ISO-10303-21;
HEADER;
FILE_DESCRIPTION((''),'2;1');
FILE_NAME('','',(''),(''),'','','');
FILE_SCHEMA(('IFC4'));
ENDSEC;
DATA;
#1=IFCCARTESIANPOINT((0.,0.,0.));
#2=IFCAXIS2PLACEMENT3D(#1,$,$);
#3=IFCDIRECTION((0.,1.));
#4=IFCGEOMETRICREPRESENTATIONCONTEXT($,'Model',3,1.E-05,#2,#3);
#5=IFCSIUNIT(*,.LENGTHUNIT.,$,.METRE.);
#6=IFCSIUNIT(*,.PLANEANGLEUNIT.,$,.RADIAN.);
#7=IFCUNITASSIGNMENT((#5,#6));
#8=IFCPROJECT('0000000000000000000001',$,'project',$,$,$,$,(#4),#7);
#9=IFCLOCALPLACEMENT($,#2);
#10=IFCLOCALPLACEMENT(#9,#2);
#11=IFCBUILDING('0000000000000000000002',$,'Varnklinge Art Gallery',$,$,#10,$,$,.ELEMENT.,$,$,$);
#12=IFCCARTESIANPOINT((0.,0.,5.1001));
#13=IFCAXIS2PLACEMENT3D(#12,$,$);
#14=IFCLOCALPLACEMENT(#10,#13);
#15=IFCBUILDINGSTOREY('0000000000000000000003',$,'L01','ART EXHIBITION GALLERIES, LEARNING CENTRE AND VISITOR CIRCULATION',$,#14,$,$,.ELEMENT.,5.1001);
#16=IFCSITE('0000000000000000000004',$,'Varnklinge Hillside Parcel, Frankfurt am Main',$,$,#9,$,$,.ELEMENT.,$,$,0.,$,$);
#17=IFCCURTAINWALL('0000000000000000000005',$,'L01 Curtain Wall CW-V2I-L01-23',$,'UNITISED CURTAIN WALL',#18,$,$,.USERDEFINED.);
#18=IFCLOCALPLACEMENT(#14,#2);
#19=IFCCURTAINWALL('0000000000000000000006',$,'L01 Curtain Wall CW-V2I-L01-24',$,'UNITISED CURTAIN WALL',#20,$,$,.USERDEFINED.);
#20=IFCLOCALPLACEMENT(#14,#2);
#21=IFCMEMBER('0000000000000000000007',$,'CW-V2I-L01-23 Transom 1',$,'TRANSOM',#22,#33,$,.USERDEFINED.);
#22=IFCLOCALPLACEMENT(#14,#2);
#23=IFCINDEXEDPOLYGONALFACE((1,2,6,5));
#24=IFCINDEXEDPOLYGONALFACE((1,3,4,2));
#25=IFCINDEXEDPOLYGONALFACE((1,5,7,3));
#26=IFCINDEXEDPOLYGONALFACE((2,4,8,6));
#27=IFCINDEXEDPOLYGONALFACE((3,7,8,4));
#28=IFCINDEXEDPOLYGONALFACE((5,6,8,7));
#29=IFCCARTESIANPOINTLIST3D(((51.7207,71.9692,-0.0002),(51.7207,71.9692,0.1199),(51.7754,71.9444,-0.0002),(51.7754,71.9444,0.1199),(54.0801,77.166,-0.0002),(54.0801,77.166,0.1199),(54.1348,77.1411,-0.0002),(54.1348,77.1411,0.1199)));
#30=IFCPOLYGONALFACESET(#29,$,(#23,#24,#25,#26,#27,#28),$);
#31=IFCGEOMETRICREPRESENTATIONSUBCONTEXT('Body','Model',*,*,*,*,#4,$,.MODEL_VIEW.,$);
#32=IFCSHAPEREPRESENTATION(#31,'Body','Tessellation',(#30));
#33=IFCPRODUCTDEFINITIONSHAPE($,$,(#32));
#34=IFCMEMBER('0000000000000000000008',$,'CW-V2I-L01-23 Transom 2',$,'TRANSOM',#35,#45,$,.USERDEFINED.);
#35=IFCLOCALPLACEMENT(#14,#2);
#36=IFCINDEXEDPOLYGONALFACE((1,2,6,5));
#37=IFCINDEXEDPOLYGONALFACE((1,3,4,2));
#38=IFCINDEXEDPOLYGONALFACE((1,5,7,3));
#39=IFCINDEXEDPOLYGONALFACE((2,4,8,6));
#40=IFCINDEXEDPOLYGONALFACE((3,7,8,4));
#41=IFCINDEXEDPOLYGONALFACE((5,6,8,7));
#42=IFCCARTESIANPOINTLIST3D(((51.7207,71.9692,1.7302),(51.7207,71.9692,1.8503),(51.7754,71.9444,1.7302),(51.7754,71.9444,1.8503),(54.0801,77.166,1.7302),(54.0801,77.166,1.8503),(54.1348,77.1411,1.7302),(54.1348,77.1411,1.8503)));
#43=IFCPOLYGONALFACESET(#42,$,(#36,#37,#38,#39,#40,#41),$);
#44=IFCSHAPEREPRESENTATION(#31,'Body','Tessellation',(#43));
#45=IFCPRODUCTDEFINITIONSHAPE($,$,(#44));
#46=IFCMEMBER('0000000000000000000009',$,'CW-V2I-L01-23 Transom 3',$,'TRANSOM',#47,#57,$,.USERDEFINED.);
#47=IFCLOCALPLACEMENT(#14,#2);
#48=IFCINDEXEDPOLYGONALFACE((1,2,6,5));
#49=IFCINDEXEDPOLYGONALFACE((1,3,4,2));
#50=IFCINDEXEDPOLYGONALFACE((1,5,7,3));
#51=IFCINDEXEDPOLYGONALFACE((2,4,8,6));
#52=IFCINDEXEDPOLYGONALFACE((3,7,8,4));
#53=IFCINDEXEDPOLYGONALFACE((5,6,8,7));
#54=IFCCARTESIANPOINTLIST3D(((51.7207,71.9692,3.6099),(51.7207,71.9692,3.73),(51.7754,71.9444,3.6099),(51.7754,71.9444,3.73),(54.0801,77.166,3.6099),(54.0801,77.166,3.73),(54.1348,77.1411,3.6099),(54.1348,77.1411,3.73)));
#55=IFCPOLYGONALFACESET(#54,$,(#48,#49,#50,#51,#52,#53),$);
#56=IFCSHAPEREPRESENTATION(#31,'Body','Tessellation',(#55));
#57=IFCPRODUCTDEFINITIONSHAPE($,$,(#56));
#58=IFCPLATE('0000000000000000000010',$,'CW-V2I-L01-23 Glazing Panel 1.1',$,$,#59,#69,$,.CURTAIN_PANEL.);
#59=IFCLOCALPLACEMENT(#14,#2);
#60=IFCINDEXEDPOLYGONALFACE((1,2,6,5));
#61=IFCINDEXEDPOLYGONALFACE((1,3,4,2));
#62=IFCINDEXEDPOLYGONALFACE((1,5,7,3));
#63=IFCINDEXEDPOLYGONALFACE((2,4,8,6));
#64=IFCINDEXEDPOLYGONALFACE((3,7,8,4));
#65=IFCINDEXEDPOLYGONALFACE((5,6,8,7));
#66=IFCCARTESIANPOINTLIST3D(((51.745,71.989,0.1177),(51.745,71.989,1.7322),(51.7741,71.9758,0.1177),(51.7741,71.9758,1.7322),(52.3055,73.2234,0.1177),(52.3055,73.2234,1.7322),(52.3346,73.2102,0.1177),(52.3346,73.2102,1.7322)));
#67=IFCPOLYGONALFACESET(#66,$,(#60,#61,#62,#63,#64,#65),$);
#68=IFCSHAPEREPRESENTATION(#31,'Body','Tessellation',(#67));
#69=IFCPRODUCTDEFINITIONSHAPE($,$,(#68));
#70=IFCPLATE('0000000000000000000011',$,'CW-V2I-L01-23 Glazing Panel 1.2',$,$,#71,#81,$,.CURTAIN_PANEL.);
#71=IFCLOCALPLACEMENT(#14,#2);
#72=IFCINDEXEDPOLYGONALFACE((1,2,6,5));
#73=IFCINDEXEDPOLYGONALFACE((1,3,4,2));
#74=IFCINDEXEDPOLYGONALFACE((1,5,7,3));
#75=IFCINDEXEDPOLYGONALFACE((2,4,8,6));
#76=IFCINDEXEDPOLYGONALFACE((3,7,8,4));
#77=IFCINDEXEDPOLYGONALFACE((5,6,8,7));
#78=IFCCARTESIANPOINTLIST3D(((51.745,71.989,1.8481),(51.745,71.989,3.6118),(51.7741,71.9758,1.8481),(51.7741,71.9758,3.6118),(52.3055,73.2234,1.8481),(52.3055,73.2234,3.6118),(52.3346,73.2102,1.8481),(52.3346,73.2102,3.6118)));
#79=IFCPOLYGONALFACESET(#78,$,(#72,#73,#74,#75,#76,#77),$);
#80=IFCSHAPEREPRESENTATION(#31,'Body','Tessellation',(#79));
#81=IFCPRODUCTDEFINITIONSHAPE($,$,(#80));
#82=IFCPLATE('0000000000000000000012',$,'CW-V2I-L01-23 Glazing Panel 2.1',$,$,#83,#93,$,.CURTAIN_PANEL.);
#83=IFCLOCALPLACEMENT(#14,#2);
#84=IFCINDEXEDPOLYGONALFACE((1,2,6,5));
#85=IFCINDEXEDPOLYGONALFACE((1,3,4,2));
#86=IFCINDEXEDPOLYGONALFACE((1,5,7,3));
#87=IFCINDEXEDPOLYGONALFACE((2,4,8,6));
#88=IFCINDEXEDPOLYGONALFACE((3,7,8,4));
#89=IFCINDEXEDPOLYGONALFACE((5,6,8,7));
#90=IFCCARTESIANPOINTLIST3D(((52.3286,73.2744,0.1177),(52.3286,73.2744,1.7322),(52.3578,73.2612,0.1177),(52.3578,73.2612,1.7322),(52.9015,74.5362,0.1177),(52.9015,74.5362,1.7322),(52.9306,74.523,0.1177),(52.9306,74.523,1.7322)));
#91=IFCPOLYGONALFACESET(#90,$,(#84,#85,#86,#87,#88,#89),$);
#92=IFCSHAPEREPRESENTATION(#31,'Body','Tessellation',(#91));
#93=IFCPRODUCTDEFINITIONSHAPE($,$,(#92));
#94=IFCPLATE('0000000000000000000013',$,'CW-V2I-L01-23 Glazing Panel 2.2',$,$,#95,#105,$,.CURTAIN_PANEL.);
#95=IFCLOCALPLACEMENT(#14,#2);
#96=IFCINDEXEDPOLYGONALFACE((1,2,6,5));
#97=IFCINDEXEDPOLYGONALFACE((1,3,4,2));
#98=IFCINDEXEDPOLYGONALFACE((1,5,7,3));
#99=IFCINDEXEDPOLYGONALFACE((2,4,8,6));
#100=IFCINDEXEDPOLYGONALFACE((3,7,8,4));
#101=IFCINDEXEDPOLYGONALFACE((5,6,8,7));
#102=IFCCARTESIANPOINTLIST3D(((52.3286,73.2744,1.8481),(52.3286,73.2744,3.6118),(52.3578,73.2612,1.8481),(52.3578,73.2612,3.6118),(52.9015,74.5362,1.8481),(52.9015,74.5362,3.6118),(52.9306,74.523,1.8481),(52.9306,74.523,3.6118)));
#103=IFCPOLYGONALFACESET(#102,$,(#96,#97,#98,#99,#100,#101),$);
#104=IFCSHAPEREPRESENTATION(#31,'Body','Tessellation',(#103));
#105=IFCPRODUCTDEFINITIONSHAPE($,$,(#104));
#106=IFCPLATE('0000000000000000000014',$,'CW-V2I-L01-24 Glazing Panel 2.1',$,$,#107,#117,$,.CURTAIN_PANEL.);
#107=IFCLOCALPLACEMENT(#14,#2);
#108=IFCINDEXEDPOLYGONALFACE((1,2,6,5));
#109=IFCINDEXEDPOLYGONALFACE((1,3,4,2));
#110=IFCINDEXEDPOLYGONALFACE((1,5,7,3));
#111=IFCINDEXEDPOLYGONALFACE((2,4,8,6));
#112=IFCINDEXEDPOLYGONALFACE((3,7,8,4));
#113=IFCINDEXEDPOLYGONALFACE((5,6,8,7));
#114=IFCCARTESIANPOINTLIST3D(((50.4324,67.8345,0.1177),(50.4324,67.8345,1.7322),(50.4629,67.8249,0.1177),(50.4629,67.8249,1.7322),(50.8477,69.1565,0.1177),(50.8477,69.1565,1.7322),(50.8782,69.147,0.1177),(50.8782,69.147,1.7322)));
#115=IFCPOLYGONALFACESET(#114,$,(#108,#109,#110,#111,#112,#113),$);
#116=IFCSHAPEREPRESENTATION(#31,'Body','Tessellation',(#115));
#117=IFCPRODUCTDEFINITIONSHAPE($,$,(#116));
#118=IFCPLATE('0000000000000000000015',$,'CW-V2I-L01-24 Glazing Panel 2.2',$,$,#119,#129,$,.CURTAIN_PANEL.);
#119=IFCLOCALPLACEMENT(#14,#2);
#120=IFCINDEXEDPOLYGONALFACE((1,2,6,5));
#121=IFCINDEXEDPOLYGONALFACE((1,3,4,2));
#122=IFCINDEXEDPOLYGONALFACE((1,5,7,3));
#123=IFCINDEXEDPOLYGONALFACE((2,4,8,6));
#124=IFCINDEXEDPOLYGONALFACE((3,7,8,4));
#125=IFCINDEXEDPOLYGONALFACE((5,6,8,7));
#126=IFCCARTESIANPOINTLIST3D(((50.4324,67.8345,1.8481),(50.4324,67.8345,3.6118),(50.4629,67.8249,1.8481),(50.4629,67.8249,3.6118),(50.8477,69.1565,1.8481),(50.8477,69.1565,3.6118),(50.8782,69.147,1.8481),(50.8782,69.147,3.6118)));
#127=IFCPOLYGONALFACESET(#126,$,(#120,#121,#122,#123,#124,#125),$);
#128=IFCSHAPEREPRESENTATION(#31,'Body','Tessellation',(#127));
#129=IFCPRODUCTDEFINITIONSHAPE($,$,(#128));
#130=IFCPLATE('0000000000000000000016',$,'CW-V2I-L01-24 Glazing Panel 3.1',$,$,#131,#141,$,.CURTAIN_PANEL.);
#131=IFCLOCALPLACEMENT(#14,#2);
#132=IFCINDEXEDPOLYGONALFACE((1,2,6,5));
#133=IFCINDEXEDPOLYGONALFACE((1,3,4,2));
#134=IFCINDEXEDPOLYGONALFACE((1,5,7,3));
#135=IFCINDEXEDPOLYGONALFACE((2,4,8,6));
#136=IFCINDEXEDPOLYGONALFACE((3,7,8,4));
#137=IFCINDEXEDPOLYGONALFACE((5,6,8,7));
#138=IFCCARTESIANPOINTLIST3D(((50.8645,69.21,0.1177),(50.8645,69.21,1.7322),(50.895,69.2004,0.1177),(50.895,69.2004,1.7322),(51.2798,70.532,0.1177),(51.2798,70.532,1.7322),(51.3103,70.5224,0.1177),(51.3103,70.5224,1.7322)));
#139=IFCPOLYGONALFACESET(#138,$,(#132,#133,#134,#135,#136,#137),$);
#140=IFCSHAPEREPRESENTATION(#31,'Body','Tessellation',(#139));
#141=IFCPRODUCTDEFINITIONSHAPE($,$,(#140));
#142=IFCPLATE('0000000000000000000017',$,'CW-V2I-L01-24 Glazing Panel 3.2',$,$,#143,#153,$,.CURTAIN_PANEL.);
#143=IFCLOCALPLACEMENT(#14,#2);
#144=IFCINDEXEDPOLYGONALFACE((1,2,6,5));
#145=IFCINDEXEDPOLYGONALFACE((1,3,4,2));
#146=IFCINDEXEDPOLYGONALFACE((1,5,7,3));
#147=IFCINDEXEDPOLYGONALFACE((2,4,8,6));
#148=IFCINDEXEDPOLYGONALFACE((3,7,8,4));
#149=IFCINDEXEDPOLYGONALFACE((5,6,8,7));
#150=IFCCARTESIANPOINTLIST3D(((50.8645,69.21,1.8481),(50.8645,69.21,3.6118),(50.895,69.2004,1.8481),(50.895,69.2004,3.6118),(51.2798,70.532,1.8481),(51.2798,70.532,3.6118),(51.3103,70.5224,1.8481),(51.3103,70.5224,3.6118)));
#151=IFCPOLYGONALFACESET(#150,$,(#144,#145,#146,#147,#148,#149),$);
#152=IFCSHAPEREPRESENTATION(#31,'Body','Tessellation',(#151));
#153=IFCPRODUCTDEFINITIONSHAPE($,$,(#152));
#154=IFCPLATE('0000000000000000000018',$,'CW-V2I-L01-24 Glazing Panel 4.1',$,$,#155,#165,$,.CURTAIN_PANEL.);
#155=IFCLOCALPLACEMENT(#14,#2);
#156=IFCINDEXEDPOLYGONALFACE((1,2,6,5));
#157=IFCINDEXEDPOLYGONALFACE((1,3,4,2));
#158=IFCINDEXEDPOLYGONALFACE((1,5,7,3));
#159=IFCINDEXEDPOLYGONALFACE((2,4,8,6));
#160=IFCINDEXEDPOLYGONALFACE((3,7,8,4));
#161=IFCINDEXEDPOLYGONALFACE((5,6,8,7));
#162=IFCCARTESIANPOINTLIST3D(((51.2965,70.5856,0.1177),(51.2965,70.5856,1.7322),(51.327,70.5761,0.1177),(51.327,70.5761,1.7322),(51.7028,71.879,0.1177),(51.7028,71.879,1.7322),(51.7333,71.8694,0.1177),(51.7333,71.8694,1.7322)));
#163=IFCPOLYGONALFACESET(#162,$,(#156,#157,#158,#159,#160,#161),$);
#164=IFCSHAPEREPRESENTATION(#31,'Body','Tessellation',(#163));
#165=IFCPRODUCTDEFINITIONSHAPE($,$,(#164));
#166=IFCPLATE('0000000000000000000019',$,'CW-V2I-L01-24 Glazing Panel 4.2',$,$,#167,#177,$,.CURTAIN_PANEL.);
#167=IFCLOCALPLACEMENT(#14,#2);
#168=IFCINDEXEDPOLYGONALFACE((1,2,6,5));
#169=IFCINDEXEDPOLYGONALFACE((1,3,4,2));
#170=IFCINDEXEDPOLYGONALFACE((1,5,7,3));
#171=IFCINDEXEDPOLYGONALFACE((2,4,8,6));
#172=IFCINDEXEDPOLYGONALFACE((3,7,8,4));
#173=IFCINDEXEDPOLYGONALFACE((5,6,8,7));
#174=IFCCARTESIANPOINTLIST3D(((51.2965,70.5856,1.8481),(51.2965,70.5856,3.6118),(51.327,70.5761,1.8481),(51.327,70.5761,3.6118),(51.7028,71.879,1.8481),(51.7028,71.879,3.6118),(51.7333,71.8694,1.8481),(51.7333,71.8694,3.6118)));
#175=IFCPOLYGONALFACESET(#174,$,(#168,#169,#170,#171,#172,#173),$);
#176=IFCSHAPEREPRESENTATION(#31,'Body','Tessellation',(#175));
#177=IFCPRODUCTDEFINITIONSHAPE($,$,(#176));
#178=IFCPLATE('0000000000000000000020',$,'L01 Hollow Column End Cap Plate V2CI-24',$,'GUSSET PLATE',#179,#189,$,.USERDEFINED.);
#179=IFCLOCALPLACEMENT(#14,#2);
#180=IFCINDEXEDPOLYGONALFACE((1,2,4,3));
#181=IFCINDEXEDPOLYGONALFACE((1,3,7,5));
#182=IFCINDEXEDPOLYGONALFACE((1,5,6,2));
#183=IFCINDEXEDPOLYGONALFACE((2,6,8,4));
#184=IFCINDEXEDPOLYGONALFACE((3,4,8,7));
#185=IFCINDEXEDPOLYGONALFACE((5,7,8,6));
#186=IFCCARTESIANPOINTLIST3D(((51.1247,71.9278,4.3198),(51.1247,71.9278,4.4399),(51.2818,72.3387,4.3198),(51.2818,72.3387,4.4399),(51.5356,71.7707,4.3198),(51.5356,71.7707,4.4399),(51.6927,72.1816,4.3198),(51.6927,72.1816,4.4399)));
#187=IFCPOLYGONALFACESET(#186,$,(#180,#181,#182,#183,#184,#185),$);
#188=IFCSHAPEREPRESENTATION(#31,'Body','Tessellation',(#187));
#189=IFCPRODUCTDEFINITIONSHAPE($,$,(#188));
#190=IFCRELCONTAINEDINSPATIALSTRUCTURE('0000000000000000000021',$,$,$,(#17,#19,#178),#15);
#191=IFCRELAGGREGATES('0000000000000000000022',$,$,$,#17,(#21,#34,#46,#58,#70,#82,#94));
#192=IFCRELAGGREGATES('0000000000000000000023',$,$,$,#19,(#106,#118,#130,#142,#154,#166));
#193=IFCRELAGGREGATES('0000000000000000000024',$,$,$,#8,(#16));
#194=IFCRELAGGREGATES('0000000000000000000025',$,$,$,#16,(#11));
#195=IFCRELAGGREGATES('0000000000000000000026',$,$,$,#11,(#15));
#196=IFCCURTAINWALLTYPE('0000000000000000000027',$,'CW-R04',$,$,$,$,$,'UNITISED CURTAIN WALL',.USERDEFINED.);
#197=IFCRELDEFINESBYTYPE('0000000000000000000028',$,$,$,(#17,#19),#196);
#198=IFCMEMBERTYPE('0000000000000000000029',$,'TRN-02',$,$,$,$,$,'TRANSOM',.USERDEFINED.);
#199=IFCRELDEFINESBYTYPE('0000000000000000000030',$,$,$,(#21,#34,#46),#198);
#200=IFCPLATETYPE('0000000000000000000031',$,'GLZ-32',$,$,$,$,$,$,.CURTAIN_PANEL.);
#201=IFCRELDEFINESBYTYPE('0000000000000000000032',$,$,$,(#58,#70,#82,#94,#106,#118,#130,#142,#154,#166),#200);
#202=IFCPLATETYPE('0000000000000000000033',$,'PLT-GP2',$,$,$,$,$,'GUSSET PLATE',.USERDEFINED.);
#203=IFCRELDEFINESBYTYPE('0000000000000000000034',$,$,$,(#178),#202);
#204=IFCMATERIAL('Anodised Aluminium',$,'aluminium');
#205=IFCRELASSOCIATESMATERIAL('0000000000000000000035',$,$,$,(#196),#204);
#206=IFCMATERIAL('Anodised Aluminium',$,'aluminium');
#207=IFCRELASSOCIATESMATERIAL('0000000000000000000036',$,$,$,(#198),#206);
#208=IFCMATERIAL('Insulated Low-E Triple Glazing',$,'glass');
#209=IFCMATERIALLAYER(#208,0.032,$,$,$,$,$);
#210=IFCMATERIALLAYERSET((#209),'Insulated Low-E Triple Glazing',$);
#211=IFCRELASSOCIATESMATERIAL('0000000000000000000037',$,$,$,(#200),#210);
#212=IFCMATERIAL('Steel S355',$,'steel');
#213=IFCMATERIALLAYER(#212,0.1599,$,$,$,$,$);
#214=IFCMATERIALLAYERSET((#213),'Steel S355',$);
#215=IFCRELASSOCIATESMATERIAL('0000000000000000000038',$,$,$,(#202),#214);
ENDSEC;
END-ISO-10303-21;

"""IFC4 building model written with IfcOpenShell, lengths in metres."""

from ifc_helpers import new_model, si_unit, direction, frame, origin, origin_2d, place, context, subcontext, project, spatial, rectangle, extrude, material, layer, layer_set, material_profile, profile_set, type_object, element, aggregate, save


model = new_model("IFC4")

# Units and contexts
model_context = context("Model", 3, precision=1e-05, world=origin(), true_north=direction((0.0, 1.0)))
body_context = subcontext(model_context, "Body", "Model", "MODEL_VIEW")
ifc_project = project(units=[si_unit("LENGTHUNIT", "METRE"), si_unit("PLANEANGLEUNIT", "RADIAN")], contexts=[model_context])

# Site, building, storey
site_placement = place(None, origin())
site = spatial("IfcSite", under=ifc_project, at=site_placement, Name="Varnklinge Hillside Parcel, Frankfurt am Main", CompositionType="ELEMENT", RefElevation=0.0)
building_placement = place(site_placement, origin())
building = spatial("IfcBuilding", under=site, at=building_placement, Name="Varnklinge Art Gallery", CompositionType="ELEMENT")
storey_placement = place(building_placement, frame((0.0, 0.0, 5.1001)))
storey = spatial("IfcBuildingStorey", under=building, at=storey_placement, Name="L01", Description="ART EXHIBITION GALLERIES, LEARNING CENTRE AND VISITOR CIRCULATION", CompositionType="ELEMENT", Elevation=5.1001)

# Curtain walls
ifc_material_1 = material(Name="Anodised Aluminium", Category="aluminium")
curtain_wall_type = type_object("IfcCurtainWallType", Name="CW-R04", ElementType="UNITISED CURTAIN WALL", PredefinedType="USERDEFINED", material=ifc_material_1)
curtain_wall_1_placement = place(storey_placement, origin())
curtain_wall_1 = element("IfcCurtainWall", 1, at=curtain_wall_1_placement, inside=storey, type_object=curtain_wall_type, Name="L01 Curtain Wall CW-V2I-L01-23", ObjectType="UNITISED CURTAIN WALL", PredefinedType="USERDEFINED")
curtain_wall_2_placement = place(storey_placement, origin())
curtain_wall_2 = element("IfcCurtainWall", 2, at=curtain_wall_2_placement, inside=storey, type_object=curtain_wall_type, Name="L01 Curtain Wall CW-V2I-L01-24", ObjectType="UNITISED CURTAIN WALL", PredefinedType="USERDEFINED")

# Members
ifc_material_2 = material(Name="Anodised Aluminium", Category="aluminium")
ifc_material_profile_1 = material_profile(ifc_material_2, rectangle(XDim=0.0601, YDim=0.1201, at=origin_2d()), Name="ALU 60x120")
ifc_profile_set_1 = profile_set([ifc_material_profile_1], Name="Anodised Aluminium")
member_type_1 = type_object("IfcMemberType", Name="TRN-02", ElementType="TRANSOM", PredefinedType="USERDEFINED", material=ifc_profile_set_1)
member_1_placement = place(storey_placement, frame((51.748, 71.9568, 0.0598), z_axis=(0.413397, 0.910551, 0.0), x_axis=(-0.910551, 0.413397, 0.0)))
member_1 = element("IfcMember", 3, at=member_1_placement, type_object=member_type_1, Name="CW-V2I-L01-23 Transom 1", ObjectType="TRANSOM", PredefinedType="USERDEFINED", context=body_context, shape_type="SweptSolid", body=[
    extrude(rectangle(XDim=0.0601, YDim=0.1201, at=origin_2d()), origin(), (0.0, 0.0, 1.0), 5.7073),
])
member_2_placement = place(storey_placement, frame((51.748, 71.9568, 1.7903), z_axis=(0.413397, 0.910551, 0.0), x_axis=(-0.910551, 0.413397, 0.0)))
member_2 = element("IfcMember", 4, at=member_2_placement, type_object=member_type_1, Name="CW-V2I-L01-23 Transom 2", ObjectType="TRANSOM", PredefinedType="USERDEFINED", context=body_context, shape_type="SweptSolid", body=[
    extrude(rectangle(XDim=0.0601, YDim=0.1201, at=origin_2d()), origin(), (0.0, 0.0, 1.0), 5.7073),
])
member_3_placement = place(storey_placement, frame((51.748, 71.9568, 3.6699), z_axis=(0.413397, 0.910551, 0.0), x_axis=(-0.910551, 0.413397, 0.0)))
member_3 = element("IfcMember", 5, at=member_3_placement, type_object=member_type_1, Name="CW-V2I-L01-23 Transom 3", ObjectType="TRANSOM", PredefinedType="USERDEFINED", context=body_context, shape_type="SweptSolid", body=[
    extrude(rectangle(XDim=0.0601, YDim=0.1201, at=origin_2d()), origin(), (0.0, 0.0, 1.0), 5.7073),
])

# Plates
ifc_material_3 = material(Name="Insulated Low-E Triple Glazing", Category="glass")
ifc_layer_1 = layer(ifc_material_3, 0.032)
ifc_layer_set_1 = layer_set([ifc_layer_1], Name="Insulated Low-E Triple Glazing")
plate_type_1 = type_object("IfcPlateType", Name="GLZ-32", PredefinedType="CURTAIN_PANEL", material=ifc_layer_set_1)
plate_1_placement = place(storey_placement, frame((52.0398, 72.5996, 0.1177), z_axis=(0.0, 0.0, 1.0), x_axis=(0.413422, 0.910539, 0.0)))
plate_1 = element("IfcPlate", 6, at=plate_1_placement, type_object=plate_type_1, Name="CW-V2I-L01-23 Glazing Panel 1.1", PredefinedType="CURTAIN_PANEL", context=body_context, shape_type="SweptSolid", body=[
    extrude(rectangle(XDim=1.3557, YDim=0.032, at=origin_2d()), origin(), (0.0, 0.0, 1.0), 1.6145),
])
plate_2_placement = place(storey_placement, frame((52.0398, 72.5996, 1.8481), z_axis=(0.0, 0.0, 1.0), x_axis=(0.413422, 0.910539, 0.0)))
plate_2 = element("IfcPlate", 7, at=plate_2_placement, type_object=plate_type_1, Name="CW-V2I-L01-23 Glazing Panel 1.2", PredefinedType="CURTAIN_PANEL", context=body_context, shape_type="SweptSolid", body=[
    extrude(rectangle(XDim=1.3557, YDim=0.032, at=origin_2d()), origin(), (0.0, 0.0, 1.0), 1.7637),
])
plate_3_placement = place(storey_placement, frame((52.6296, 73.8987, 0.1177), z_axis=(0.0, 0.0, 1.0), x_axis=(0.413422, 0.910539, 0.0)))
plate_3 = element("IfcPlate", 8, at=plate_3_placement, type_object=plate_type_1, Name="CW-V2I-L01-23 Glazing Panel 2.1", PredefinedType="CURTAIN_PANEL", context=body_context, shape_type="SweptSolid", body=[
    extrude(rectangle(XDim=1.3857, YDim=0.032, at=origin_2d()), origin(), (0.0, 0.0, 1.0), 1.6145),
])
plate_4_placement = place(storey_placement, frame((52.6296, 73.8987, 1.8481), z_axis=(0.0, 0.0, 1.0), x_axis=(0.413422, 0.910539, 0.0)))
plate_4 = element("IfcPlate", 9, at=plate_4_placement, type_object=plate_type_1, Name="CW-V2I-L01-23 Glazing Panel 2.2", PredefinedType="CURTAIN_PANEL", context=body_context, shape_type="SweptSolid", body=[
    extrude(rectangle(XDim=1.3857, YDim=0.032, at=origin_2d()), origin(), (0.0, 0.0, 1.0), 1.7637),
])
aggregate(curtain_wall_1, [member_1, member_2, member_3, plate_1, plate_2, plate_3, plate_4])
plate_5_placement = place(storey_placement, frame((50.6553, 68.4907, 0.1177), z_axis=(0.0, 0.0, 1.0), x_axis=(0.299707, 0.954031, 0.0)))
plate_5 = element("IfcPlate", 10, at=plate_5_placement, type_object=plate_type_1, Name="CW-V2I-L01-24 Glazing Panel 2.1", PredefinedType="CURTAIN_PANEL", context=body_context, shape_type="SweptSolid", body=[
    extrude(rectangle(XDim=1.3857, YDim=0.032, at=origin_2d()), origin(), (0.0, 0.0, 1.0), 1.6145),
])
plate_6_placement = place(storey_placement, frame((50.6553, 68.4907, 1.8481), z_axis=(0.0, 0.0, 1.0), x_axis=(0.299707, 0.954031, 0.0)))
plate_6 = element("IfcPlate", 11, at=plate_6_placement, type_object=plate_type_1, Name="CW-V2I-L01-24 Glazing Panel 2.2", PredefinedType="CURTAIN_PANEL", context=body_context, shape_type="SweptSolid", body=[
    extrude(rectangle(XDim=1.3857, YDim=0.032, at=origin_2d()), origin(), (0.0, 0.0, 1.0), 1.7637),
])
plate_7_placement = place(storey_placement, frame((51.0874, 69.8662, 0.1177), z_axis=(0.0, 0.0, 1.0), x_axis=(0.299707, 0.954031, 0.0)))
plate_7 = element("IfcPlate", 12, at=plate_7_placement, type_object=plate_type_1, Name="CW-V2I-L01-24 Glazing Panel 3.1", PredefinedType="CURTAIN_PANEL", context=body_context, shape_type="SweptSolid", body=[
    extrude(rectangle(XDim=1.3857, YDim=0.032, at=origin_2d()), origin(), (0.0, 0.0, 1.0), 1.6145),
])
plate_8_placement = place(storey_placement, frame((51.0874, 69.8662, 1.8481), z_axis=(0.0, 0.0, 1.0), x_axis=(0.299707, 0.954031, 0.0)))
plate_8 = element("IfcPlate", 13, at=plate_8_placement, type_object=plate_type_1, Name="CW-V2I-L01-24 Glazing Panel 3.2", PredefinedType="CURTAIN_PANEL", context=body_context, shape_type="SweptSolid", body=[
    extrude(rectangle(XDim=1.3857, YDim=0.032, at=origin_2d()), origin(), (0.0, 0.0, 1.0), 1.7637),
])
plate_9_placement = place(storey_placement, frame((51.5149, 71.2275, 0.1177), z_axis=(0.0, 0.0, 1.0), x_axis=(0.299707, 0.954031, 0.0)))
plate_9 = element("IfcPlate", 14, at=plate_9_placement, type_object=plate_type_1, Name="CW-V2I-L01-24 Glazing Panel 4.1", PredefinedType="CURTAIN_PANEL", context=body_context, shape_type="SweptSolid", body=[
    extrude(rectangle(XDim=1.3557, YDim=0.032, at=origin_2d()), origin(), (0.0, 0.0, 1.0), 1.6145),
])
plate_10_placement = place(storey_placement, frame((51.5149, 71.2275, 1.8481), z_axis=(0.0, 0.0, 1.0), x_axis=(0.299707, 0.954031, 0.0)))
plate_10 = element("IfcPlate", 15, at=plate_10_placement, type_object=plate_type_1, Name="CW-V2I-L01-24 Glazing Panel 4.2", PredefinedType="CURTAIN_PANEL", context=body_context, shape_type="SweptSolid", body=[
    extrude(rectangle(XDim=1.3557, YDim=0.032, at=origin_2d()), origin(), (0.0, 0.0, 1.0), 1.7637),
])
aggregate(curtain_wall_2, [plate_5, plate_6, plate_7, plate_8, plate_9, plate_10])
ifc_material_4 = material(Name="Steel S355", Category="steel")
ifc_layer_2 = layer(ifc_material_4, 0.1599)
ifc_layer_set_2 = layer_set([ifc_layer_2], Name="Steel S355")
plate_type_2 = type_object("IfcPlateType", Name="PLT-GP2", ElementType="GUSSET PLATE", PredefinedType="USERDEFINED", material=ifc_layer_set_2)
plate_11_placement = place(storey_placement, frame((51.4087, 72.0547, 4.3198), z_axis=(0.0, 0.0, 1.0), x_axis=(0.934018, -0.357227, 0.0)))
element("IfcPlate", 16, at=plate_11_placement, inside=storey, type_object=plate_type_2, Name="L01 Hollow Column End Cap Plate V2CI-24", ObjectType="GUSSET PLATE", PredefinedType="USERDEFINED", context=body_context, shape_type="SweptSolid", body=[
    extrude(rectangle(XDim=0.4399, YDim=0.4399, at=origin_2d()), origin(), (0.0, 0.0, 1.0), 0.1201),
])

save(model, "model.ifc")
